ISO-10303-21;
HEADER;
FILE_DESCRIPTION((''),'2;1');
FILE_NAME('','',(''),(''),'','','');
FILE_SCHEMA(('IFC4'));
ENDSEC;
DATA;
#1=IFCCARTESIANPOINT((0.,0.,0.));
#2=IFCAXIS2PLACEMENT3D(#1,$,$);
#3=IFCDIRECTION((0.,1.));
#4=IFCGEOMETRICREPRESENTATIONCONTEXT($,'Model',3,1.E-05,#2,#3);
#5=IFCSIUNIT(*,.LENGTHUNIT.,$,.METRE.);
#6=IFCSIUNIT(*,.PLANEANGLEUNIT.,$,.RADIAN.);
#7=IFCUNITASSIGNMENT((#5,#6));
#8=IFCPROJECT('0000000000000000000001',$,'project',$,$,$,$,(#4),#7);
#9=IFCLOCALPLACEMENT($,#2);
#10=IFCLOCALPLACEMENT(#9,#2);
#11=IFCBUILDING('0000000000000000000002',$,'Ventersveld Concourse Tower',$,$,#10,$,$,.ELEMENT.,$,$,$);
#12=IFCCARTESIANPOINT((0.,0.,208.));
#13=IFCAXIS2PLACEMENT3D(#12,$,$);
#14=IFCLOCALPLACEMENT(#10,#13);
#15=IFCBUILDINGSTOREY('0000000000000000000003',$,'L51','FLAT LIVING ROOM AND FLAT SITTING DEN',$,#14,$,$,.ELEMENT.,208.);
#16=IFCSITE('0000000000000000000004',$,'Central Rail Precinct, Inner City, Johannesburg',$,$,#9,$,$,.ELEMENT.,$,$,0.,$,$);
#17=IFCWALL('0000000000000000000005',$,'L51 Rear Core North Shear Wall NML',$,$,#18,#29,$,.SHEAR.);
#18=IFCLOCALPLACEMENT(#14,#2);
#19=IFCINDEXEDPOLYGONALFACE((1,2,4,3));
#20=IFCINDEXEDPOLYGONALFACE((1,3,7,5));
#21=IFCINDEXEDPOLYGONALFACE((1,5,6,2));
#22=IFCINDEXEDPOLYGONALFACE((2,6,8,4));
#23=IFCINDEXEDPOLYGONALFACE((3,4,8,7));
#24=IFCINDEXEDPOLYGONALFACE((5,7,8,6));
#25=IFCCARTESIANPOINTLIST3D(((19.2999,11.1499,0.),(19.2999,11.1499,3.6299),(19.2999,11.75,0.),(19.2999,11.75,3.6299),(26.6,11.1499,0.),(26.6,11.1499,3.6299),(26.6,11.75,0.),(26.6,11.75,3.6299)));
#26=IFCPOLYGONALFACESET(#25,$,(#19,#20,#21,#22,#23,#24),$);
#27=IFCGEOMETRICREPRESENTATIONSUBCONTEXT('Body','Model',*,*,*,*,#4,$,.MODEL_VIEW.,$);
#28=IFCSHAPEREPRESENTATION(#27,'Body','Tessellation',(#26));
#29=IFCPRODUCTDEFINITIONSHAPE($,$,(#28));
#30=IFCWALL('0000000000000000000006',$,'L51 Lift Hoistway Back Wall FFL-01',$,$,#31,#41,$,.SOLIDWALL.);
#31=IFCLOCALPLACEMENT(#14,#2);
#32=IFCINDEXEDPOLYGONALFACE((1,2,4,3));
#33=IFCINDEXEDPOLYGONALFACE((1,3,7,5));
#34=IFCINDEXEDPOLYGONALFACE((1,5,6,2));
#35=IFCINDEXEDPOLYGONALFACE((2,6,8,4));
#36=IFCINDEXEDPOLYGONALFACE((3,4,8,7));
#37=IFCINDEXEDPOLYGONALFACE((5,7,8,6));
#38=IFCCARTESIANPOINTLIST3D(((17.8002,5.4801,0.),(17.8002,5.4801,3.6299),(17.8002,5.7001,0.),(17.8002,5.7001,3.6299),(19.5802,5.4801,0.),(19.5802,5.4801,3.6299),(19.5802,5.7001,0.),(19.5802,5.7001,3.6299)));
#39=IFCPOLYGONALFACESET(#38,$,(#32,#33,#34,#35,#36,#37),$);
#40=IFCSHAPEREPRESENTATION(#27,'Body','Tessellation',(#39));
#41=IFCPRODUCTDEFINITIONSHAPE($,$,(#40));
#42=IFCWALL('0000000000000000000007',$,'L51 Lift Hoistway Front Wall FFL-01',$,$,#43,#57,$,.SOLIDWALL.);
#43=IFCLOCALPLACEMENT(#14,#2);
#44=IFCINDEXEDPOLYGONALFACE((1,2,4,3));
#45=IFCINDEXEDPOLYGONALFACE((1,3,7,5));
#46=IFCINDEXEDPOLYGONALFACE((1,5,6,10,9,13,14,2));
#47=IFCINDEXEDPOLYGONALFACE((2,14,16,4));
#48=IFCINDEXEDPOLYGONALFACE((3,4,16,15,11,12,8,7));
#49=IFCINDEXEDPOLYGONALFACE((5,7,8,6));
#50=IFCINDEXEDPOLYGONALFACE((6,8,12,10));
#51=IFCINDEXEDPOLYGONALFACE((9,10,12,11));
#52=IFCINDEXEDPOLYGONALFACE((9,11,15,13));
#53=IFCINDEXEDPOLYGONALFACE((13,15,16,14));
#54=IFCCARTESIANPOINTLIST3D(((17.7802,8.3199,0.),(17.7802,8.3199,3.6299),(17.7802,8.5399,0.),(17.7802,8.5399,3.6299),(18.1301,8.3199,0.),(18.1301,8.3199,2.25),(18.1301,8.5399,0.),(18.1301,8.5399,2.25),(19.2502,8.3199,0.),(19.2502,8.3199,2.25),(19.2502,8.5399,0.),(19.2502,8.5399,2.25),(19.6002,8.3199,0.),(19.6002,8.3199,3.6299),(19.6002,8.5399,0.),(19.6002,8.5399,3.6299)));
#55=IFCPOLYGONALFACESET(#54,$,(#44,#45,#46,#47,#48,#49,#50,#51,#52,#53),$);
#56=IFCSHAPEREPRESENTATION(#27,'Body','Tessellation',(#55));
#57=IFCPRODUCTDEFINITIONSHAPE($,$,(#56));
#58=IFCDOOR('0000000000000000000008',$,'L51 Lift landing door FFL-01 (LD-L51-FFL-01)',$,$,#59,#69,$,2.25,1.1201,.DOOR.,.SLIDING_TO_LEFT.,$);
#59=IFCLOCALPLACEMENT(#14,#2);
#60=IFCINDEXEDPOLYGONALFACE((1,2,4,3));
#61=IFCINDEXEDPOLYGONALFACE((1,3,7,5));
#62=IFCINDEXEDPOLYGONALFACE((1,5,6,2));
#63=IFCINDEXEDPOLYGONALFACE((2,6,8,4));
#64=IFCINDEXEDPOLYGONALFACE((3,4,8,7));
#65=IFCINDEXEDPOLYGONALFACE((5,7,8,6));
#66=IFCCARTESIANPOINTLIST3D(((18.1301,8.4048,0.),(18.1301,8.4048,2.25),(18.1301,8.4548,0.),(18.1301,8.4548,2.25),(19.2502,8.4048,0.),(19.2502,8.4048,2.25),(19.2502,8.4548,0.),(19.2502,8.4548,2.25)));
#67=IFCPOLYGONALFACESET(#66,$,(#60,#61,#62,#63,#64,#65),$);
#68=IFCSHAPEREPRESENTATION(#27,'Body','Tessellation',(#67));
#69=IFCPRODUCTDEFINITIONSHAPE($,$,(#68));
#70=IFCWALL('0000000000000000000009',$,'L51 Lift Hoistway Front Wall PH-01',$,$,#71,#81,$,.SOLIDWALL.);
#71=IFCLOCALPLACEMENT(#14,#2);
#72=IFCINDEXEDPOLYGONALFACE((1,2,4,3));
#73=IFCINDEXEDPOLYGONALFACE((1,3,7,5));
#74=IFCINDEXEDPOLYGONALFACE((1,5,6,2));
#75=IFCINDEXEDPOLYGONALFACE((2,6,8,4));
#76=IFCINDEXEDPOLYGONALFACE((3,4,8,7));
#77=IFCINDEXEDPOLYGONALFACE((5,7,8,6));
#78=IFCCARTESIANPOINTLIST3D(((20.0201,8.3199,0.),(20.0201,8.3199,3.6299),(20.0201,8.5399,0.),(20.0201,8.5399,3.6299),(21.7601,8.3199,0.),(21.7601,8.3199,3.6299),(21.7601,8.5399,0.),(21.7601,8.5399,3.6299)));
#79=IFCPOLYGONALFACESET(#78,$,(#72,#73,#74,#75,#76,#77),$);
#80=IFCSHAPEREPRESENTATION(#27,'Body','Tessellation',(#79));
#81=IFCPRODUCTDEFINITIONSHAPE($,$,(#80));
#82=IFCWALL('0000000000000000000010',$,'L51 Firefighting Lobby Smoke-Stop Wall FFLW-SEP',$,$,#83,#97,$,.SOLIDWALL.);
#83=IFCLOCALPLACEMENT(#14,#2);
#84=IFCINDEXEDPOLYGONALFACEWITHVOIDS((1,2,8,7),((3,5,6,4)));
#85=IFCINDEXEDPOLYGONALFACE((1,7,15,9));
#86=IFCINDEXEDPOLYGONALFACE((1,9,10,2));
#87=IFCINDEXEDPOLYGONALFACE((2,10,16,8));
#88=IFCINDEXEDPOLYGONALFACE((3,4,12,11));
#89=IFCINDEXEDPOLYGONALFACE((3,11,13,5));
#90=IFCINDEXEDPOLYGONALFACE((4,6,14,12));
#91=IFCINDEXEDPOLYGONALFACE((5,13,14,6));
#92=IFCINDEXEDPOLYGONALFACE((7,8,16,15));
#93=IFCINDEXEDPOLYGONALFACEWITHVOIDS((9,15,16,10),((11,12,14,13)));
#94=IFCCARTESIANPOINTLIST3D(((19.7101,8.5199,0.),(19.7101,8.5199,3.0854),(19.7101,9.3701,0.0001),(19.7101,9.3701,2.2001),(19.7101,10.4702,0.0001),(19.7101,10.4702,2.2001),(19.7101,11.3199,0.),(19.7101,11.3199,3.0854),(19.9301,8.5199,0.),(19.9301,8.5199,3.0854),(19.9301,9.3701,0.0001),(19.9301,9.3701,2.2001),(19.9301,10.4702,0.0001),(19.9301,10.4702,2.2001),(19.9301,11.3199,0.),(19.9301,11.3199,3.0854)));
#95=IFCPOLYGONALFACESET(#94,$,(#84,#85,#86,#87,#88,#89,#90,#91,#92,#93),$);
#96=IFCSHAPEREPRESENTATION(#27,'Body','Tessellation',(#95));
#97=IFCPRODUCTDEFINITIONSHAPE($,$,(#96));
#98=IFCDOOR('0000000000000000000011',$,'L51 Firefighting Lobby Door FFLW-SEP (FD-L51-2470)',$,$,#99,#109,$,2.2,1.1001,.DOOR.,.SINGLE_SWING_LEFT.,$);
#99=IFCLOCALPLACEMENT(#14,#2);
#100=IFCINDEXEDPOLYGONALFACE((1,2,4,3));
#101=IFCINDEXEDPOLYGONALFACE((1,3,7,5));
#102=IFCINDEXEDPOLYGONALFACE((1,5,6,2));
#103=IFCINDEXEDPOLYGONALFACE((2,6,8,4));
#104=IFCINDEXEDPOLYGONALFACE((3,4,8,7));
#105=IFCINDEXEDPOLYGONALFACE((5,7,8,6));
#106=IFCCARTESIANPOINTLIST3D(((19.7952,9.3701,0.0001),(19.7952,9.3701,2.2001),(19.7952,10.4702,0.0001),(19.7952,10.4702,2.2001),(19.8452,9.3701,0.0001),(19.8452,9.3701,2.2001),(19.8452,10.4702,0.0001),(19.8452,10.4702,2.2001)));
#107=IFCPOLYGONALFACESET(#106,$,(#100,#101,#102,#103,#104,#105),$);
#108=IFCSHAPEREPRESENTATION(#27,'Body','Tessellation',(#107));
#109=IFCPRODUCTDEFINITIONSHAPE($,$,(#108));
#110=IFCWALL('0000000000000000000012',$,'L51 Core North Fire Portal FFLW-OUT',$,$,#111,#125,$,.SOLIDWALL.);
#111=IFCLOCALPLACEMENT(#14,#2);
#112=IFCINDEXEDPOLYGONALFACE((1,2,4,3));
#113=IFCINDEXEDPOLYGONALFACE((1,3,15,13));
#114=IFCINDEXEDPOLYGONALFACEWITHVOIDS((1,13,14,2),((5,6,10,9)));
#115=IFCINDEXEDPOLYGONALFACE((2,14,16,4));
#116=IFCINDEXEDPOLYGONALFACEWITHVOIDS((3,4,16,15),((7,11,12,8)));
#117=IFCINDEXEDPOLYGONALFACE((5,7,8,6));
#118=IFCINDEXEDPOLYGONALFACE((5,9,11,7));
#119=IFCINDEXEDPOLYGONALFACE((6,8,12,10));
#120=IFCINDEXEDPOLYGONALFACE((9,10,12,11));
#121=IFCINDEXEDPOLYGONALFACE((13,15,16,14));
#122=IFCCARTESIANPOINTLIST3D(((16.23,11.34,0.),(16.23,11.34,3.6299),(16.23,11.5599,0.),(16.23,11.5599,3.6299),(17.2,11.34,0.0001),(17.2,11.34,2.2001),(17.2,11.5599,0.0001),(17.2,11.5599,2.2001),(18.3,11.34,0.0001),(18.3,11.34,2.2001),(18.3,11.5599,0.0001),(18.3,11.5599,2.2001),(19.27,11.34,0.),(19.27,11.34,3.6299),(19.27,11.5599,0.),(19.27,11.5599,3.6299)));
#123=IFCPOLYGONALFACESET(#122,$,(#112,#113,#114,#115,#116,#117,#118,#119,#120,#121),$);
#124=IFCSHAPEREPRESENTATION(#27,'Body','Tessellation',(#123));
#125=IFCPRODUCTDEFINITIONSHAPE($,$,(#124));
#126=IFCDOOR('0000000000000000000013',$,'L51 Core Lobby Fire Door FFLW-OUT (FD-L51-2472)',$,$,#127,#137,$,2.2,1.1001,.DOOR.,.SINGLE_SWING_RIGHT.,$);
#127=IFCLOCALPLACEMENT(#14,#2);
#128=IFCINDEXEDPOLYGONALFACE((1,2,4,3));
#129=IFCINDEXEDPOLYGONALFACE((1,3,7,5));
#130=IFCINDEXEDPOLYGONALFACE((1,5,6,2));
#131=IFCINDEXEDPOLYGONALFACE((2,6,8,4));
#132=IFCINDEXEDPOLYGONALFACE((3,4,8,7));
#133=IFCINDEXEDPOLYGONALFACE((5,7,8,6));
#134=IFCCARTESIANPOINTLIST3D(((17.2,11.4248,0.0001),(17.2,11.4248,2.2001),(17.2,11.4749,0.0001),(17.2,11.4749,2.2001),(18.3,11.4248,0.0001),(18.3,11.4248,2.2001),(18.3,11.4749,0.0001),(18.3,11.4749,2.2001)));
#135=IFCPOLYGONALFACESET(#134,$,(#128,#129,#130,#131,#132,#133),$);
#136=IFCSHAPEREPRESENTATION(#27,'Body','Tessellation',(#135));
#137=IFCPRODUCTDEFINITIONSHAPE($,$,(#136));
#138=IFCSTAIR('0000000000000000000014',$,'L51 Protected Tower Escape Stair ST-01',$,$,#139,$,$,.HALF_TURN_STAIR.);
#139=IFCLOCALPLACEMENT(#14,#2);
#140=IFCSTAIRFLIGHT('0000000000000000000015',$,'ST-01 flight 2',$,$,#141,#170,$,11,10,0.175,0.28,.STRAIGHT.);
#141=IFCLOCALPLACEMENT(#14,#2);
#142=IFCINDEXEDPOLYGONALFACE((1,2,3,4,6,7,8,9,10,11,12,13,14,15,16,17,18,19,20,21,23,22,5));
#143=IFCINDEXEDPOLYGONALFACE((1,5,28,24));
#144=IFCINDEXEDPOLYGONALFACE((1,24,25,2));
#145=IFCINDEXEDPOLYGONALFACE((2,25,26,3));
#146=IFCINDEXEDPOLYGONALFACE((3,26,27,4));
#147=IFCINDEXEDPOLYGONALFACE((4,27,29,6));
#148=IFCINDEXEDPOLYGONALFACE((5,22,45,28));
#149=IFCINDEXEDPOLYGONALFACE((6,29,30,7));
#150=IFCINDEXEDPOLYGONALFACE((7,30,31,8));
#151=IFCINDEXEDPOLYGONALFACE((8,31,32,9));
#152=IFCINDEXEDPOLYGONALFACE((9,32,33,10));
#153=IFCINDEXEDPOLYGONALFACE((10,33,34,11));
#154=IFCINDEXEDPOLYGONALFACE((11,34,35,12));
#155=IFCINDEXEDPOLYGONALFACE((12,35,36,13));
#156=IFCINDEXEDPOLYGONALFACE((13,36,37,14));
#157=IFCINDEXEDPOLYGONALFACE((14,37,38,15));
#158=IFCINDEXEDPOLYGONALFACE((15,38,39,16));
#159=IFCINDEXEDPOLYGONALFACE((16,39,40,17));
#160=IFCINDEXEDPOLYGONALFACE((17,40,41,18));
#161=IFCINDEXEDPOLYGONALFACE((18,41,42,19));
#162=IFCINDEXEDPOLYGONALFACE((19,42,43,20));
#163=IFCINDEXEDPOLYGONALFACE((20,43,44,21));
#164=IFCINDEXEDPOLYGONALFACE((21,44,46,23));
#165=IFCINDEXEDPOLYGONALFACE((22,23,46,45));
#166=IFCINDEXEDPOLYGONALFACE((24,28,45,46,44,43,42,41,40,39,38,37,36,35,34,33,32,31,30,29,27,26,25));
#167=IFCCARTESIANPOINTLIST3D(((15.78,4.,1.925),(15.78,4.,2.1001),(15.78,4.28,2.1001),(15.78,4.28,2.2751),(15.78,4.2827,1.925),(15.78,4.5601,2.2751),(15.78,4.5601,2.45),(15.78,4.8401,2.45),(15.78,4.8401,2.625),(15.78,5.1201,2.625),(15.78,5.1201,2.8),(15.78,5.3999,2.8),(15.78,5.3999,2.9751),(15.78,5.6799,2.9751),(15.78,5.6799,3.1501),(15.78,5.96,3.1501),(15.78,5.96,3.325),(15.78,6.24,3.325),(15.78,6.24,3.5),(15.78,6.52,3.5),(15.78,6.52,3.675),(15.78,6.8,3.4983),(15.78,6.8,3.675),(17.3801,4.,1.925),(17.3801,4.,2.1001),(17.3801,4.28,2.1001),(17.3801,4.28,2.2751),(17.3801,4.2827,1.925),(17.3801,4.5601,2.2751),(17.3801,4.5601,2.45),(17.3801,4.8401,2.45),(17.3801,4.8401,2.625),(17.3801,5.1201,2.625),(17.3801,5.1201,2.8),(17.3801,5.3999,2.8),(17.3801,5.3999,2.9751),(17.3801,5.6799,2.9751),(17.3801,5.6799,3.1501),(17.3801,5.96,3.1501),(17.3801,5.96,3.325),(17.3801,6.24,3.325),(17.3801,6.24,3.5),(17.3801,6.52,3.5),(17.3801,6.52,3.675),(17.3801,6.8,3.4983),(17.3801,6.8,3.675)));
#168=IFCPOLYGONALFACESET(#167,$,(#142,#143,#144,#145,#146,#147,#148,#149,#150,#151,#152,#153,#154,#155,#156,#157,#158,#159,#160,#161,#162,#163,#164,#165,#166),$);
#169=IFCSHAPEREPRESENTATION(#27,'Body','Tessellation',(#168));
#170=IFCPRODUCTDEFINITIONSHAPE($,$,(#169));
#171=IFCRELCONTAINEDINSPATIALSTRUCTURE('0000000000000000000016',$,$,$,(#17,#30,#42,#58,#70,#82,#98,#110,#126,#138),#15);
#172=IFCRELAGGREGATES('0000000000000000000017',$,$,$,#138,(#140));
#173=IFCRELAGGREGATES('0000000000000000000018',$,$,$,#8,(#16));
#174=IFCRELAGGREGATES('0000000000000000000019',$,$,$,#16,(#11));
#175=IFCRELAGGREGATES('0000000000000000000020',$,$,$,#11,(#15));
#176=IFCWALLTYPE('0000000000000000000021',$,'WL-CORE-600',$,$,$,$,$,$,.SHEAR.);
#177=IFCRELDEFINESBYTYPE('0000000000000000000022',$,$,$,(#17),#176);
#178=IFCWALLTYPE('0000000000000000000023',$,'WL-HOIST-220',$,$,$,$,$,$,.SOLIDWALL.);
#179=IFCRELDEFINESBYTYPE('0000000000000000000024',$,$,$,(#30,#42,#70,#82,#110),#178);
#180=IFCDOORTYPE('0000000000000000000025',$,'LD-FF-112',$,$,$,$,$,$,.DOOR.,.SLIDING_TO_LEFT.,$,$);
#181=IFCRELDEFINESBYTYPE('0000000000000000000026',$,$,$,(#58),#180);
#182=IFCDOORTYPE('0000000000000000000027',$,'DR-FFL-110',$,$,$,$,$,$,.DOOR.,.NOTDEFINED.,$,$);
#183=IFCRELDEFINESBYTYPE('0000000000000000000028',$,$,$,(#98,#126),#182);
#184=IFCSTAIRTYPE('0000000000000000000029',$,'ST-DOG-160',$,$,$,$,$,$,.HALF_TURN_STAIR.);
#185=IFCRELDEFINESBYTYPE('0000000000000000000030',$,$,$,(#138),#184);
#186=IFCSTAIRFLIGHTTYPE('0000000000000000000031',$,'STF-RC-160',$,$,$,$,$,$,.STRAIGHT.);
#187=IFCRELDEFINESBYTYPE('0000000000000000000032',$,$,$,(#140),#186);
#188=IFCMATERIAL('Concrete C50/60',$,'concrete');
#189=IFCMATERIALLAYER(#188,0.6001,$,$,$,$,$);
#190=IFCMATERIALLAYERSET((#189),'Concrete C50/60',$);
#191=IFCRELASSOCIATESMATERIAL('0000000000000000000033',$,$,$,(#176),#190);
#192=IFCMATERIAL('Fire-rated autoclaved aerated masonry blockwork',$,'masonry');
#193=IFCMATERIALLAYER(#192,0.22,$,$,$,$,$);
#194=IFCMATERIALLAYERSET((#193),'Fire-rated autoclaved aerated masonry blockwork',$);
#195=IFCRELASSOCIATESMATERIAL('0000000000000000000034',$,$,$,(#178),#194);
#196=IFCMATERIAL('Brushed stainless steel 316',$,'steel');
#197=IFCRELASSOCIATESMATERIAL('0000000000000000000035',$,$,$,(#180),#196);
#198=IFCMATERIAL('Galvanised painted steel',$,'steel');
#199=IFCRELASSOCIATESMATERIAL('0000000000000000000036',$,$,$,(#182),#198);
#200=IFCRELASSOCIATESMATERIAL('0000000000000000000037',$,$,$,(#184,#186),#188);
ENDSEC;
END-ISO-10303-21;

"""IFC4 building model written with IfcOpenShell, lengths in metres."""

from ifc_helpers import new_model, si_unit, direction, frame, frame_2d, origin, place, context, subcontext, project, spatial, polyline, rectangle, outline, extrude, material, layer, layer_set, type_object, element, fill, aggregate, save


model = new_model("IFC4")

# Units and contexts
model_context = context("Model", 3, precision=1e-05, world=origin(), true_north=direction((0.0, 1.0)))
body_context = subcontext(model_context, "Body", "Model", "MODEL_VIEW")
ifc_project = project(units=[si_unit("LENGTHUNIT", "METRE"), si_unit("PLANEANGLEUNIT", "RADIAN")], contexts=[model_context])

# Site, building, storey
site_placement = place(None, origin())
site = spatial("IfcSite", under=ifc_project, at=site_placement, Name="Central Rail Precinct, Inner City, Johannesburg", CompositionType="ELEMENT", RefElevation=0.0)
building_placement = place(site_placement, origin())
building = spatial("IfcBuilding", under=site, at=building_placement, Name="Ventersveld Concourse Tower", CompositionType="ELEMENT")
storey_placement = place(building_placement, frame((0.0, 0.0, 208.0)))
storey = spatial("IfcBuildingStorey", under=building, at=storey_placement, Name="L51", Description="FLAT LIVING ROOM AND FLAT SITTING DEN", CompositionType="ELEMENT", Elevation=208.0)

# Shared definitions
ifc_material_1 = material(Name="Concrete C50/60", Category="concrete")

# Walls
ifc_layer_1 = layer(ifc_material_1, 0.6001)
ifc_layer_set_1 = layer_set([ifc_layer_1], Name="Concrete C50/60")
wall_type_1 = type_object("IfcWallType", Name="WL-CORE-600", PredefinedType="SHEAR", material=ifc_layer_set_1)
wall_1_placement = place(storey_placement, frame((19.3, 11.45, 0.0), z_axis=(0.0, 0.0, 1.0), x_axis=(1.0, 0.0, 0.0)))
element("IfcWall", 1, at=wall_1_placement, inside=storey, type_object=wall_type_1, Name="L51 Rear Core North Shear Wall NML", PredefinedType="SHEAR", context=body_context, shape_type="SweptSolid", body=[
    extrude(rectangle(XDim=7.3, YDim=0.6001, at=frame_2d((3.6499, 0.0))), origin(), (0.0, 0.0, 1.0), 3.6299),
])
ifc_material_2 = material(Name="Fire-rated autoclaved aerated masonry blockwork", Category="masonry")
ifc_layer_2 = layer(ifc_material_2, 0.22)
ifc_layer_set_2 = layer_set([ifc_layer_2], Name="Fire-rated autoclaved aerated masonry blockwork")
wall_type_2 = type_object("IfcWallType", Name="WL-HOIST-220", PredefinedType="SOLIDWALL", material=ifc_layer_set_2)
wall_2_placement = place(storey_placement, frame((17.8, 5.5901, 0.0), z_axis=(0.0, 0.0, 1.0), x_axis=(1.0, 0.0, 0.0)))
element("IfcWall", 2, at=wall_2_placement, inside=storey, type_object=wall_type_2, Name="L51 Lift Hoistway Back Wall FFL-01", PredefinedType="SOLIDWALL", context=body_context, shape_type="SweptSolid", body=[
    extrude(rectangle(XDim=1.78, YDim=0.22, at=frame_2d((0.8901, 0.0))), origin(), (0.0, 0.0, 1.0), 3.6299),
])

# Wall, opening, door
wall_3_placement = place(storey_placement, frame((17.78, 8.4299, 0.0), z_axis=(0.0, 0.0, 1.0), x_axis=(1.0, 0.0, 0.0)))
wall_3 = element("IfcWall", 3, at=wall_3_placement, inside=storey, type_object=wall_type_2, Name="L51 Lift Hoistway Front Wall FFL-01", PredefinedType="SOLIDWALL", context=body_context, shape_type="SweptSolid", body=[
    extrude(rectangle(XDim=1.8201, YDim=0.22, at=frame_2d((0.9102, 0.0))), origin(), (0.0, 0.0, 1.0), 3.6299),
])
opening_1_placement = place(wall_3_placement, frame((0.3501, 0.0, 0.0)))
opening_1 = element("IfcOpeningElement", 4, at=opening_1_placement, cuts=wall_3, PredefinedType="OPENING", context=body_context, shape_type="SweptSolid", body=[
    extrude(rectangle(XDim=1.1201, YDim=2.25, at=frame_2d((0.5601, 1.125))), frame((0.0, 0.1201, 0.0), z_axis=(0.0, -1.0, 0.0), x_axis=(1.0, 0.0, 0.0)), (0.0, 0.0, 1.0), 0.24),
])
ifc_material_3 = material(Name="Brushed stainless steel 316", Category="steel")
door_type_1 = type_object("IfcDoorType", Name="LD-FF-112", OperationType="SLIDING_TO_LEFT", PredefinedType="DOOR", material=ifc_material_3)
door_1_placement = place(opening_1_placement, origin())
door_1 = element("IfcDoor", 5, at=door_1_placement, inside=storey, type_object=door_type_1, Name="L51 Lift landing door FFL-01 (LD-L51-FFL-01)", OperationType="SLIDING_TO_LEFT", OverallHeight=2.25, OverallWidth=1.1201, PredefinedType="DOOR", context=body_context, shape_type="SweptSolid", body=[
    extrude(rectangle(XDim=1.1201, YDim=2.25, at=frame_2d((0.5601, 1.125))), frame((0.0, 0.0249, 0.0), z_axis=(0.0, -1.0, 0.0), x_axis=(1.0, 0.0, 0.0)), (0.0, 0.0, 1.0), 0.05),
])
fill(opening_1, door_1)

# Wall
wall_4_placement = place(storey_placement, frame((20.02, 8.4299, 0.0), z_axis=(0.0, 0.0, 1.0), x_axis=(1.0, 0.0, 0.0)))
element("IfcWall", 6, at=wall_4_placement, inside=storey, type_object=wall_type_2, Name="L51 Lift Hoistway Front Wall PH-01", PredefinedType="SOLIDWALL", context=body_context, shape_type="SweptSolid", body=[
    extrude(rectangle(XDim=1.74, YDim=0.22, at=frame_2d((0.8701, 0.0))), origin(), (0.0, 0.0, 1.0), 3.6299),
])

# Walls, openings, doors
wall_5_placement = place(storey_placement, frame((19.8201, 8.52, 0.0), z_axis=(0.0, 0.0, 1.0), x_axis=(0.0, 1.0, 0.0)))
wall_5 = element("IfcWall", 7, at=wall_5_placement, inside=storey, type_object=wall_type_2, Name="L51 Firefighting Lobby Smoke-Stop Wall FFLW-SEP", PredefinedType="SOLIDWALL", context=body_context, shape_type="SweptSolid", body=[
    extrude(rectangle(XDim=2.8, YDim=0.22, at=frame_2d((1.3999, 0.0))), origin(), (0.0, 0.0, 1.0), 3.0854),
])
opening_2_placement = place(wall_5_placement, frame((0.8501, 0.0, 0.0)))
opening_2 = element("IfcOpeningElement", 8, at=opening_2_placement, cuts=wall_5, PredefinedType="OPENING", context=body_context, shape_type="SweptSolid", body=[
    extrude(rectangle(XDim=1.1001, YDim=2.2, at=frame_2d((0.55, 1.1001))), frame((0.0, 0.1201, 0.0), z_axis=(0.0, -1.0, 0.0), x_axis=(1.0, 0.0, 0.0)), (0.0, 0.0, 1.0), 0.24),
])
ifc_material_4 = material(Name="Galvanised painted steel", Category="steel")
door_type_2 = type_object("IfcDoorType", Name="DR-FFL-110", OperationType="NOTDEFINED", PredefinedType="DOOR", material=ifc_material_4)
door_2_placement = place(opening_2_placement, origin())
door_2 = element("IfcDoor", 9, at=door_2_placement, inside=storey, type_object=door_type_2, Name="L51 Firefighting Lobby Door FFLW-SEP (FD-L51-2470)", OperationType="SINGLE_SWING_LEFT", OverallHeight=2.2, OverallWidth=1.1001, PredefinedType="DOOR", context=body_context, shape_type="SweptSolid", body=[
    extrude(rectangle(XDim=1.1001, YDim=2.2, at=frame_2d((0.55, 1.1001))), frame((0.0, 0.0249, 0.0), z_axis=(0.0, -1.0, 0.0), x_axis=(1.0, 0.0, 0.0)), (0.0, 0.0, 1.0), 0.05),
])
fill(opening_2, door_2)
wall_6_placement = place(storey_placement, frame((16.23, 11.45, 0.0), z_axis=(0.0, 0.0, 1.0), x_axis=(1.0, 0.0, 0.0)))
wall_6 = element("IfcWall", 10, at=wall_6_placement, inside=storey, type_object=wall_type_2, Name="L51 Core North Fire Portal FFLW-OUT", PredefinedType="SOLIDWALL", context=body_context, shape_type="SweptSolid", body=[
    extrude(rectangle(XDim=3.04, YDim=0.22, at=frame_2d((1.52, 0.0))), origin(), (0.0, 0.0, 1.0), 3.6299),
])
opening_3_placement = place(wall_6_placement, frame((0.97, 0.0, 0.0)))
opening_3 = element("IfcOpeningElement", 11, at=opening_3_placement, cuts=wall_6, PredefinedType="OPENING", context=body_context, shape_type="SweptSolid", body=[
    extrude(rectangle(XDim=1.1001, YDim=2.2, at=frame_2d((0.55, 1.1001))), frame((0.0, 0.1201, 0.0), z_axis=(0.0, -1.0, 0.0), x_axis=(1.0, 0.0, 0.0)), (0.0, 0.0, 1.0), 0.24),
])
door_3_placement = place(opening_3_placement, origin())
door_3 = element("IfcDoor", 12, at=door_3_placement, inside=storey, type_object=door_type_2, Name="L51 Core Lobby Fire Door FFLW-OUT (FD-L51-2472)", OperationType="SINGLE_SWING_RIGHT", OverallHeight=2.2, OverallWidth=1.1001, PredefinedType="DOOR", context=body_context, shape_type="SweptSolid", body=[
    extrude(rectangle(XDim=1.1001, YDim=2.2, at=frame_2d((0.55, 1.1001))), frame((0.0, 0.0249, 0.0), z_axis=(0.0, -1.0, 0.0), x_axis=(1.0, 0.0, 0.0)), (0.0, 0.0, 1.0), 0.05),
])
fill(opening_3, door_3)

# Stair, stair flight
stair_type = type_object("IfcStairType", Name="ST-DOG-160", PredefinedType="HALF_TURN_STAIR", material=ifc_material_1)
stair_placement = place(storey_placement, origin())
stair = element("IfcStair", 13, at=stair_placement, inside=storey, type_object=stair_type, Name="L51 Protected Tower Escape Stair ST-01", PredefinedType="HALF_TURN_STAIR")
stair_flight_type = type_object("IfcStairFlightType", Name="STF-RC-160", PredefinedType="STRAIGHT", material=ifc_material_1)
stair_flight_placement = place(storey_placement, frame((16.5801, 4.0, 1.925), z_axis=(0.0, 0.0, 1.0), x_axis=(0.0, 1.0, 0.0)))
stair_flight = element("IfcStairFlight", 14, at=stair_flight_placement, type_object=stair_flight_type, Name="ST-01 flight 2", NumberOfRisers=11, NumberOfTreads=10, PredefinedType="STRAIGHT", RiserHeight=0.175, TreadLength=0.28, context=body_context, shape_type="SweptSolid", body=[
    extrude(outline(polyline([(0.0, 0.0), (0.0, 0.175), (0.28, 0.175), (0.28, 0.3501), (0.5601, 0.3501), (0.5601, 0.5249), (0.8401, 0.5249), (0.8401, 0.7), (1.1201, 0.7), (1.1201, 0.875), (1.3999, 0.875), (1.3999, 1.05), (1.6799, 1.05), (1.6799, 1.2251), (1.96, 1.2251), (1.96, 1.3999), (2.24, 1.3999), (2.24, 1.575), (2.52, 1.575), (2.52, 1.75), (2.8, 1.75), (2.8, 1.925), (2.8, 1.5732), (0.2827, 0.0), (0.0, 0.0)])), frame((0.0, 0.8, 0.0), z_axis=(0.0, -1.0, 0.0), x_axis=(1.0, 0.0, 0.0)), (0.0, 0.0, 1.0), 1.6001),
])
aggregate(stair, [stair_flight])

save(model, "model.ifc")
